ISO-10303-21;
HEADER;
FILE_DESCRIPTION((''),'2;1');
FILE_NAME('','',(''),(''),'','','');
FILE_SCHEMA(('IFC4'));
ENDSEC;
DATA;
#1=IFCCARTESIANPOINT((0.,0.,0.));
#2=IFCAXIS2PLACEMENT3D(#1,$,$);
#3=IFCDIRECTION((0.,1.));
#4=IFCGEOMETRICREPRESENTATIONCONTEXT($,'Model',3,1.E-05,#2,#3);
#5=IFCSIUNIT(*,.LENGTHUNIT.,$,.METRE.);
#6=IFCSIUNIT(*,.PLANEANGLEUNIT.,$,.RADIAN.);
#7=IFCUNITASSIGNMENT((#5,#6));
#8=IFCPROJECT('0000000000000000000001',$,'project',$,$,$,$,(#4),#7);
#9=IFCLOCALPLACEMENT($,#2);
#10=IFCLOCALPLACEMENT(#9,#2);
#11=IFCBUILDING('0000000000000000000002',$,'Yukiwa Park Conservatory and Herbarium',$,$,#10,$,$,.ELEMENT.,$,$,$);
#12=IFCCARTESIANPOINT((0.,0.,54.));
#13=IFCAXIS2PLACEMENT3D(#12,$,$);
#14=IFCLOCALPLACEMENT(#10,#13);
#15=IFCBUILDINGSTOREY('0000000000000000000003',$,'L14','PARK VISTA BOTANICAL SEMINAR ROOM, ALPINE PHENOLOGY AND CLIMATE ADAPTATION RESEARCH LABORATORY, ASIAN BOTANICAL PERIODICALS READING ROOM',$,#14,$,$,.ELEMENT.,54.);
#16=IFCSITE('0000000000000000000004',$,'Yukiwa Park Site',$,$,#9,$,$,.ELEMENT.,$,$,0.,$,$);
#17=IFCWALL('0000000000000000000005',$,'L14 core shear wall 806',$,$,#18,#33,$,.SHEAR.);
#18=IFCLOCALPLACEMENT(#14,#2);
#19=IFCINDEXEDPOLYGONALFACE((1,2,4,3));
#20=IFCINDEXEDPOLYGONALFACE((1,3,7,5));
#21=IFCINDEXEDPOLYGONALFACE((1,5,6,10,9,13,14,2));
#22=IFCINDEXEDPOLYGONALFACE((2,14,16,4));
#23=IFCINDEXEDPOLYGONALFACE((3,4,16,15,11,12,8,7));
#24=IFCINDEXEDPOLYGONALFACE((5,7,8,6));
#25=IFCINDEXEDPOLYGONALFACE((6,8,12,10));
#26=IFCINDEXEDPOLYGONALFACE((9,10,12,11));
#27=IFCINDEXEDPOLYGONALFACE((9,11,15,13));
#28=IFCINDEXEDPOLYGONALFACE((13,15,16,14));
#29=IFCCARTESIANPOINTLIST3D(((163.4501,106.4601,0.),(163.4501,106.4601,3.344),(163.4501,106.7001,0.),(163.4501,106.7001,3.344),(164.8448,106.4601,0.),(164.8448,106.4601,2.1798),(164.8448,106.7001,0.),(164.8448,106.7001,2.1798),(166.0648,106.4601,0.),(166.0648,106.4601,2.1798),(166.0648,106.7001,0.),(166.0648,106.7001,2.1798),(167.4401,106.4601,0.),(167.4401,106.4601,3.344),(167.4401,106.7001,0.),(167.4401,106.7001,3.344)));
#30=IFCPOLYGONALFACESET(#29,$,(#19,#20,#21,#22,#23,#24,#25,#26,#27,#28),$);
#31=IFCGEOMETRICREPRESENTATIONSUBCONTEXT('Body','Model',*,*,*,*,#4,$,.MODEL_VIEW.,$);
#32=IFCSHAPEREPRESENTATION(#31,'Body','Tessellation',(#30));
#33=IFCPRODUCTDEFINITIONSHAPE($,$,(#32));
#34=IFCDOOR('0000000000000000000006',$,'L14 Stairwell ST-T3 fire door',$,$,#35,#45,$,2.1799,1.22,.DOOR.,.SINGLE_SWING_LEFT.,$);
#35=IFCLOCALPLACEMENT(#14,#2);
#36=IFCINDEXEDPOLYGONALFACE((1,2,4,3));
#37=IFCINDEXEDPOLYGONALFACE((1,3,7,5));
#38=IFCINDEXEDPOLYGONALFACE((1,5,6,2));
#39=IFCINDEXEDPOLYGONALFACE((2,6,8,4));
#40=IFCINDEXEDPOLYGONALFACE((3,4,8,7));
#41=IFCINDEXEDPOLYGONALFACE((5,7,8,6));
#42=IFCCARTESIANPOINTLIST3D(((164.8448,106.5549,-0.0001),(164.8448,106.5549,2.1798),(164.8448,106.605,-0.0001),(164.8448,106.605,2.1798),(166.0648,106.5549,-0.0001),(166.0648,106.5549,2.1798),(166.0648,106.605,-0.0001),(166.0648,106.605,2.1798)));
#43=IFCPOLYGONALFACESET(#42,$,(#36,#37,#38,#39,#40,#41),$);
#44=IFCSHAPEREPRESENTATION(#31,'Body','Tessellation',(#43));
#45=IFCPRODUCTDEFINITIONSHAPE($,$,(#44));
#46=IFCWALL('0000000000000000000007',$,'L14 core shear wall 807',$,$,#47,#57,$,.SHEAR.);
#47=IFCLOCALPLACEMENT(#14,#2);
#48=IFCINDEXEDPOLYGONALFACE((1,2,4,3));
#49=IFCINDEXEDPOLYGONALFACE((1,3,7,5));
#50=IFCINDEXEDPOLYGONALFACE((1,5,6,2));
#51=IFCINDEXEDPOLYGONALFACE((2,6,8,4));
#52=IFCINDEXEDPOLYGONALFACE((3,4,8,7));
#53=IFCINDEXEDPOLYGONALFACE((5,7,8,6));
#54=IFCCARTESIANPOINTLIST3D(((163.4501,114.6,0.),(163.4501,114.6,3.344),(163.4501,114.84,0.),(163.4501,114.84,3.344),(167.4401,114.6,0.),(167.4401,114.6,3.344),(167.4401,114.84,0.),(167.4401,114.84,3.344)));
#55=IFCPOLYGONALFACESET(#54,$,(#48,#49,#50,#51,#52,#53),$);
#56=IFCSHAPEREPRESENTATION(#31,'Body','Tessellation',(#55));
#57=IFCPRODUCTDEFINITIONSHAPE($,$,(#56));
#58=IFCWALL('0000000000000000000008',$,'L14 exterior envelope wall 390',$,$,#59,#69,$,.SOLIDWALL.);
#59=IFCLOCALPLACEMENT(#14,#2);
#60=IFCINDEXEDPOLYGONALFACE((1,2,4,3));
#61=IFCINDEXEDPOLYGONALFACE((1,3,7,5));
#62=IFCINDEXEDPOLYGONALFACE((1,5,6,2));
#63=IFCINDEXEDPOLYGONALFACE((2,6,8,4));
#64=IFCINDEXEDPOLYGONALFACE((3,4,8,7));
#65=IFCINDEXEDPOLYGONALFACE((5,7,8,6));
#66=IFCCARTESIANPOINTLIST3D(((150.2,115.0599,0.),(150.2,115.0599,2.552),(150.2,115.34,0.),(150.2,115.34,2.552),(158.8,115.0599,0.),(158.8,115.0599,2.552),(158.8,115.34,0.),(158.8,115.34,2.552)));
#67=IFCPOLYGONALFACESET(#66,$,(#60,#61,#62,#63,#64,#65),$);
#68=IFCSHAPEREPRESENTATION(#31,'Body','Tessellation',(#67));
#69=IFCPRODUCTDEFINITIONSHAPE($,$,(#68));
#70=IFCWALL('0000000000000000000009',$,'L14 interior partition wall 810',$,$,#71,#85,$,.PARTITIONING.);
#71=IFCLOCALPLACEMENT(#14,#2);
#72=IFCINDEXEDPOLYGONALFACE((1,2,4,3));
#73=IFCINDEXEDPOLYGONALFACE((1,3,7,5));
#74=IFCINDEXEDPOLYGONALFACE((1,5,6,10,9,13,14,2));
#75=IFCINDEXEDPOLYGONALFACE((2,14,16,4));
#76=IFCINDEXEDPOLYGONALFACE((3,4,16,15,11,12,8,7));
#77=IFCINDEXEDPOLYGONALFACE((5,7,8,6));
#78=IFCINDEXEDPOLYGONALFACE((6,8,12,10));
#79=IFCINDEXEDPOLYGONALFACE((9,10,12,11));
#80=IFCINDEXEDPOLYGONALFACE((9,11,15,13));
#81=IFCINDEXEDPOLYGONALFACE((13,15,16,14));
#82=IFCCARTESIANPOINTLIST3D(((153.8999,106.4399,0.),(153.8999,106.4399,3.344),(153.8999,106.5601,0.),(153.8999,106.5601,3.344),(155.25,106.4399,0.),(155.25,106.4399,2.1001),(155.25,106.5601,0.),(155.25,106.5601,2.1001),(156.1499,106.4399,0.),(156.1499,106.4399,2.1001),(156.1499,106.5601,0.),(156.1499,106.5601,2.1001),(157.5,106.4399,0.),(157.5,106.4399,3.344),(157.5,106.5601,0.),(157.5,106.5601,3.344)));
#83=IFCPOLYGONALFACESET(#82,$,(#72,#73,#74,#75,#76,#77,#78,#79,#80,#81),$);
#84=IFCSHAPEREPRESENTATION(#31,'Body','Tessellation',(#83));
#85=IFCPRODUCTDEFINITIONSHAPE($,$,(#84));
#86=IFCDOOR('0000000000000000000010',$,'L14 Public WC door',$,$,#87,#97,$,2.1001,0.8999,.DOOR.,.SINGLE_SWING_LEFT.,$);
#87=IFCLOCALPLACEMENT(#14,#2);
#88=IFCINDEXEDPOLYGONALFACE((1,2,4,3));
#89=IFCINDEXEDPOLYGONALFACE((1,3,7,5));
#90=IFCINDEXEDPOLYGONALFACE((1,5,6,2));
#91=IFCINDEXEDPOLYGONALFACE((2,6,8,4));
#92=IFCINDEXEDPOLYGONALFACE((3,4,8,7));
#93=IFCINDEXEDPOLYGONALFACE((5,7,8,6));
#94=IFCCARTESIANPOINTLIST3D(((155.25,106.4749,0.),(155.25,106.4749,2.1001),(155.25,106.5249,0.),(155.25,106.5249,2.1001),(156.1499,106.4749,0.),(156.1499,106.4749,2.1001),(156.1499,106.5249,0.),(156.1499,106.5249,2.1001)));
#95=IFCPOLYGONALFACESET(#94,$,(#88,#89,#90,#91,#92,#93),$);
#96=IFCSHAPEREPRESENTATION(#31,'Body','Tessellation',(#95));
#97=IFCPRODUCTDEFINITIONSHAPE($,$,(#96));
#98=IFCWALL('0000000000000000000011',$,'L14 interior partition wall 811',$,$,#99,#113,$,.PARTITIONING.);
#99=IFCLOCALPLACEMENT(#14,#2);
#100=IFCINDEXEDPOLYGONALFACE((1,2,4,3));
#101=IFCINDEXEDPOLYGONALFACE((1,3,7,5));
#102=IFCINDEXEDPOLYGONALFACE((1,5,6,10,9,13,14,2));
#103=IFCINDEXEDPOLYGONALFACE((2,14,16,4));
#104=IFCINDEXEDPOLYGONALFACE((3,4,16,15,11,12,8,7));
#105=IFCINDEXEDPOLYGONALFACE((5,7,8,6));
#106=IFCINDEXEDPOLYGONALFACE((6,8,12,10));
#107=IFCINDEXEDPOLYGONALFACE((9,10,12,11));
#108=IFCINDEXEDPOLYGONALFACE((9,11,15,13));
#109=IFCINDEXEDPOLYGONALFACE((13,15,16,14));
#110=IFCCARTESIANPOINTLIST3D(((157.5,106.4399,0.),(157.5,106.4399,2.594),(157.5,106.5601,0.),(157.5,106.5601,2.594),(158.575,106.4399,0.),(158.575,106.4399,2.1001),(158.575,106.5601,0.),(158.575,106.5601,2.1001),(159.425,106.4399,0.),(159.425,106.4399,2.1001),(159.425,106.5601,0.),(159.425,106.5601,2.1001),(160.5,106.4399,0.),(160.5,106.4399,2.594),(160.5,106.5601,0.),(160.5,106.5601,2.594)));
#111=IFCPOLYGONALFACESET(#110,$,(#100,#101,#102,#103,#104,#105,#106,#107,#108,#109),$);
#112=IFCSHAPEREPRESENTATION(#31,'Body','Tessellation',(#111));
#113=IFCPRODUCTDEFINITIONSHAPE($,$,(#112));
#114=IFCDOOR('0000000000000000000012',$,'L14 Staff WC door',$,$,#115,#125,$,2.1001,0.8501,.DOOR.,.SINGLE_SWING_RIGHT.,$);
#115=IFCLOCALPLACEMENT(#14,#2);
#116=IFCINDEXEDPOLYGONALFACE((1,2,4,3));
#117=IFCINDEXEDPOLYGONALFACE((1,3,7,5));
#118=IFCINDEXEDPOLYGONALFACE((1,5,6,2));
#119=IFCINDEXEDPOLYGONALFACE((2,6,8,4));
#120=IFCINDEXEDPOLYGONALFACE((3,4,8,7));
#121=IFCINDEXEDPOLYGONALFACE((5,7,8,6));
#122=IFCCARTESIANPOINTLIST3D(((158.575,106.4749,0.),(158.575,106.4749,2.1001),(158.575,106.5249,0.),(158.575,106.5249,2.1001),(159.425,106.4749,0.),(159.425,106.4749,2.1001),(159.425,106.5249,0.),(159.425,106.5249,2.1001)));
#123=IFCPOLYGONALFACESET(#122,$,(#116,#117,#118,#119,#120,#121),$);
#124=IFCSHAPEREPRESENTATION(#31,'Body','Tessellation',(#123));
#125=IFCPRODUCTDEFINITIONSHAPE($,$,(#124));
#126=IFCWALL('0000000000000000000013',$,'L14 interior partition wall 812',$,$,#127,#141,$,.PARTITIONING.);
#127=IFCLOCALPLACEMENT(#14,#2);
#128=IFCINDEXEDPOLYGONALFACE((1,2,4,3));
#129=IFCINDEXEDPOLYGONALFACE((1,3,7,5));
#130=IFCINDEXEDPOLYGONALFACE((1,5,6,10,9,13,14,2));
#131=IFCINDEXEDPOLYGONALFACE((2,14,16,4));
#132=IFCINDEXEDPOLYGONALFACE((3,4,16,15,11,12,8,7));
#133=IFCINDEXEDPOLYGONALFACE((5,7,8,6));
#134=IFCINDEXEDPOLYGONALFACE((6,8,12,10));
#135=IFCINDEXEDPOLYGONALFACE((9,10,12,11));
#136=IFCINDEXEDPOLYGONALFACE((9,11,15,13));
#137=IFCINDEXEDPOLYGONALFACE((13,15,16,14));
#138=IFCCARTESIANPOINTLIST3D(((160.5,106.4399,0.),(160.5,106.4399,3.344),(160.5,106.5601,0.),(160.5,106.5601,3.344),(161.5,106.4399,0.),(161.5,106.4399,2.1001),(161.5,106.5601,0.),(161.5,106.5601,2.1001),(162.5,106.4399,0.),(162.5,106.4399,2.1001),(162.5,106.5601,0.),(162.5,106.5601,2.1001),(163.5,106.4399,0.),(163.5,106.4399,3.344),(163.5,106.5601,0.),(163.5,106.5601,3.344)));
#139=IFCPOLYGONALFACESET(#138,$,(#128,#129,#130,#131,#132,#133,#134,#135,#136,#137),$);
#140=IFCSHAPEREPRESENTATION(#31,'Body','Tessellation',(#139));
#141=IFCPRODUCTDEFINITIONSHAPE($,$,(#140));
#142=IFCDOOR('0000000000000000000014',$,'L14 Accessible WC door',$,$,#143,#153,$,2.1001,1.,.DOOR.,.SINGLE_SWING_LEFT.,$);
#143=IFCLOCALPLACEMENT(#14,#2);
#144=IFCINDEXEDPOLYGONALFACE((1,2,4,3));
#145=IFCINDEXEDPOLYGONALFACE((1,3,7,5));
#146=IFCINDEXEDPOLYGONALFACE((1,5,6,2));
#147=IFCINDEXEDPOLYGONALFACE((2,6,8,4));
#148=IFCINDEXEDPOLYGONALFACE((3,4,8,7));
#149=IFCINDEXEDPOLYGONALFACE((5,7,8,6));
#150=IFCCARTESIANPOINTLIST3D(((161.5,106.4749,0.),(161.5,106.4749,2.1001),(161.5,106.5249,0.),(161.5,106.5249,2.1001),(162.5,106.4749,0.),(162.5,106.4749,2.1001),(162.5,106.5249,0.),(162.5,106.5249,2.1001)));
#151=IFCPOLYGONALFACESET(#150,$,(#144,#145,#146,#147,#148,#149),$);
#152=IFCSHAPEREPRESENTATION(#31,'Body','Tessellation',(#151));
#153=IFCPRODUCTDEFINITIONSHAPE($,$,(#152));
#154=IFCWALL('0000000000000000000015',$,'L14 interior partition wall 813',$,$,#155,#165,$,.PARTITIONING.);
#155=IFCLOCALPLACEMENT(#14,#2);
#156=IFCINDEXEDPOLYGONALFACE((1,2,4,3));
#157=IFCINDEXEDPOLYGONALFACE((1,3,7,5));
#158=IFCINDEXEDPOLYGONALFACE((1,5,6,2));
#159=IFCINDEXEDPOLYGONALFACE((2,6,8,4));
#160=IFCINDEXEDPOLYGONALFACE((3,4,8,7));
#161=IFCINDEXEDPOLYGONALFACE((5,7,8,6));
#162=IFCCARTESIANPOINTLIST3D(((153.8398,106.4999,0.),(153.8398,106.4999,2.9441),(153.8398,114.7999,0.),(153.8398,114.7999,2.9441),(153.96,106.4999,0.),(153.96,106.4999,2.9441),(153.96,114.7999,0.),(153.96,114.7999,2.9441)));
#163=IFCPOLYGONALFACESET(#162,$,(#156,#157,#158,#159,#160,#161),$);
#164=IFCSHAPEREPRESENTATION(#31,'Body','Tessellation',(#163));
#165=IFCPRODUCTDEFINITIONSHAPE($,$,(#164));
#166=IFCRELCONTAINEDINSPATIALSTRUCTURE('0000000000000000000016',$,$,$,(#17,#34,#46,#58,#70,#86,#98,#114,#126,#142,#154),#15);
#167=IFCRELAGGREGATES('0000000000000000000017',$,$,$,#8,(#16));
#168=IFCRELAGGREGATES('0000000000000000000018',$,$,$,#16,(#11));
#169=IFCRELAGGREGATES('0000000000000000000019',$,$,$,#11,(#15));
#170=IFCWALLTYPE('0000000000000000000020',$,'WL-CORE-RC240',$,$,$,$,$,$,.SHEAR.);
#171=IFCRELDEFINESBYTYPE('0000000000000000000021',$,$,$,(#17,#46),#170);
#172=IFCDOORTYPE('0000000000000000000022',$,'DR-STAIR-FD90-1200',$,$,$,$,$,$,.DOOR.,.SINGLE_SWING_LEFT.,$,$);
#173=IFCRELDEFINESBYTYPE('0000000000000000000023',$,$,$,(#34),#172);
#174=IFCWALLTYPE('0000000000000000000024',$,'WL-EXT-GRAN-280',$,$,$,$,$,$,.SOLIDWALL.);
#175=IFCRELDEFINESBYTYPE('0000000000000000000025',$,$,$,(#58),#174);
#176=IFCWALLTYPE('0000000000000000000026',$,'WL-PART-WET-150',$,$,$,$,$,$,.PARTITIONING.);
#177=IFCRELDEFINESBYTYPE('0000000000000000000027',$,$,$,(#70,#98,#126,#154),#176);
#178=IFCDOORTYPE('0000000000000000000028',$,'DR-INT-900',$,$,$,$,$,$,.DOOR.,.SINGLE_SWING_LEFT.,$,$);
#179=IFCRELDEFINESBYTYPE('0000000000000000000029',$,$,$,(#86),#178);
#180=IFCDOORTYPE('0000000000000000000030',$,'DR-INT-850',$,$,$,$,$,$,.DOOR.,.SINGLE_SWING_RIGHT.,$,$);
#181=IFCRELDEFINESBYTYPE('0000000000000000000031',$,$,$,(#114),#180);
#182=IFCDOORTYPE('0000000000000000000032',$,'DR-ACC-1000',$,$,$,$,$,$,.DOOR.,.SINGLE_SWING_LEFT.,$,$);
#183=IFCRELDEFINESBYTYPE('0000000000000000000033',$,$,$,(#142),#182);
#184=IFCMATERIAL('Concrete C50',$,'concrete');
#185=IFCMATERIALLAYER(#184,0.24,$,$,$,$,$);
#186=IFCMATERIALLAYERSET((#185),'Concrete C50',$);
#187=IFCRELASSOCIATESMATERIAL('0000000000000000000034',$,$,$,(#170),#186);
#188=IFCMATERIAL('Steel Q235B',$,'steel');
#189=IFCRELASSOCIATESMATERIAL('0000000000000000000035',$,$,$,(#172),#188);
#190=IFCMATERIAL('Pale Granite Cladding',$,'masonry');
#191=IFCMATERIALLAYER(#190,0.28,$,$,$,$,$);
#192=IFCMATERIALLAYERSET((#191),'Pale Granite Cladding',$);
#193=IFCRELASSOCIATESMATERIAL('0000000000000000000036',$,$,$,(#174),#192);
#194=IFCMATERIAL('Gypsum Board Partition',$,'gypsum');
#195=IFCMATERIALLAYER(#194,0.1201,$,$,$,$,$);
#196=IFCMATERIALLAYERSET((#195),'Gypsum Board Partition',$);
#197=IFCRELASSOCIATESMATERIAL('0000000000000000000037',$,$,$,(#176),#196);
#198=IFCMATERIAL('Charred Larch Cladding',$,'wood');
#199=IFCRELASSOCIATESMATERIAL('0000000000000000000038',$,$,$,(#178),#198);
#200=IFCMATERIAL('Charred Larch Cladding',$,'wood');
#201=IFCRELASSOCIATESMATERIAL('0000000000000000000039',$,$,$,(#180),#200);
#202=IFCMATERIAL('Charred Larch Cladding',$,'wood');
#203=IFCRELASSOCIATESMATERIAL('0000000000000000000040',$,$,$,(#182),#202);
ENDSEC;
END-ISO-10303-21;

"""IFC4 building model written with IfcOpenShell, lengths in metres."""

from ifc_helpers import new_model, si_unit, direction, frame, frame_2d, origin, place, context, subcontext, project, spatial, rectangle, extrude, material, layer, layer_set, type_object, element, fill, save


model = new_model("IFC4")

# Units and contexts
model_context = context("Model", 3, precision=1e-05, world=origin(), true_north=direction((0.0, 1.0)))
body_context = subcontext(model_context, "Body", "Model", "MODEL_VIEW")
ifc_project = project(units=[si_unit("LENGTHUNIT", "METRE"), si_unit("PLANEANGLEUNIT", "RADIAN")], contexts=[model_context])

# Site, building, storey
site_placement = place(None, origin())
site = spatial("IfcSite", under=ifc_project, at=site_placement, Name="Yukiwa Park Site", CompositionType="ELEMENT", RefElevation=0.0)
building_placement = place(site_placement, origin())
building = spatial("IfcBuilding", under=site, at=building_placement, Name="Yukiwa Park Conservatory and Herbarium", CompositionType="ELEMENT")
storey_placement = place(building_placement, frame((0.0, 0.0, 54.0)))
storey = spatial("IfcBuildingStorey", under=building, at=storey_placement, Name="L14", Description="PARK VISTA BOTANICAL SEMINAR ROOM, ALPINE PHENOLOGY AND CLIMATE ADAPTATION RESEARCH LABORATORY, ASIAN BOTANICAL PERIODICALS READING ROOM", CompositionType="ELEMENT", Elevation=54.0)

# Shared definitions
ifc_material_1 = material(Name="Concrete C50", Category="concrete")
ifc_layer_1 = layer(ifc_material_1, 0.24)
ifc_layer_set_1 = layer_set([ifc_layer_1], Name="Concrete C50")
wall_type_1 = type_object("IfcWallType", Name="WL-CORE-RC240", PredefinedType="SHEAR", material=ifc_layer_set_1)

# Wall, opening, door
wall_1_placement = place(storey_placement, frame((163.45, 106.5801, 0.0), z_axis=(0.0, 0.0, 1.0), x_axis=(1.0, 0.0, 0.0)))
wall_1 = element("IfcWall", 1, at=wall_1_placement, inside=storey, type_object=wall_type_1, Name="L14 core shear wall 806", PredefinedType="SHEAR", context=body_context, shape_type="SweptSolid", body=[
    extrude(rectangle(XDim=3.99, YDim=0.24, at=frame_2d((1.9951, 0.0))), origin(), (0.0, 0.0, 1.0), 3.344),
])
opening_1_placement = place(wall_1_placement, frame((1.395, 0.0, 0.0)))
opening_1 = element("IfcOpeningElement", 2, at=opening_1_placement, cuts=wall_1, PredefinedType="OPENING", context=body_context, shape_type="SweptSolid", body=[
    extrude(rectangle(XDim=1.22, YDim=2.1799, at=frame_2d((0.6099, 1.0898))), frame((0.0, 0.1299, 0.0), z_axis=(0.0, -1.0, 0.0), x_axis=(1.0, 0.0, 0.0)), (0.0, 0.0, 1.0), 0.26),
])
ifc_material_2 = material(Name="Steel Q235B", Category="steel")
door_type_1 = type_object("IfcDoorType", Name="DR-STAIR-FD90-1200", OperationType="SINGLE_SWING_LEFT", PredefinedType="DOOR", material=ifc_material_2)
door_1_placement = place(opening_1_placement, origin())
door_1 = element("IfcDoor", 3, at=door_1_placement, inside=storey, type_object=door_type_1, Name="L14 Stairwell ST-T3 fire door", OperationType="SINGLE_SWING_LEFT", OverallHeight=2.1799, OverallWidth=1.22, PredefinedType="DOOR", context=body_context, shape_type="SweptSolid", body=[
    extrude(rectangle(XDim=1.22, YDim=2.1799, at=frame_2d((0.6099, 1.0898))), frame((0.0, 0.0249, 0.0), z_axis=(0.0, -1.0, 0.0), x_axis=(1.0, 0.0, 0.0)), (0.0, 0.0, 1.0), 0.05),
])
fill(opening_1, door_1)

# Walls
wall_2_placement = place(storey_placement, frame((163.45, 114.72, 0.0), z_axis=(0.0, 0.0, 1.0), x_axis=(1.0, 0.0, 0.0)))
element("IfcWall", 4, at=wall_2_placement, inside=storey, type_object=wall_type_1, Name="L14 core shear wall 807", PredefinedType="SHEAR", context=body_context, shape_type="SweptSolid", body=[
    extrude(rectangle(XDim=3.99, YDim=0.24, at=frame_2d((1.9951, 0.0))), origin(), (0.0, 0.0, 1.0), 3.344),
])
ifc_material_3 = material(Name="Pale Granite Cladding", Category="masonry")
ifc_layer_2 = layer(ifc_material_3, 0.28)
ifc_layer_set_2 = layer_set([ifc_layer_2], Name="Pale Granite Cladding")
wall_type_2 = type_object("IfcWallType", Name="WL-EXT-GRAN-280", PredefinedType="SOLIDWALL", material=ifc_layer_set_2)
wall_3_placement = place(storey_placement, frame((158.8, 115.2, 0.0), z_axis=(0.0, 0.0, 1.0), x_axis=(-1.0, 0.0, 0.0)))
element("IfcWall", 5, at=wall_3_placement, inside=storey, type_object=wall_type_2, Name="L14 exterior envelope wall 390", PredefinedType="SOLIDWALL", context=body_context, shape_type="SweptSolid", body=[
    extrude(rectangle(XDim=8.6001, YDim=0.28, at=frame_2d((4.3, 0.0))), origin(), (0.0, 0.0, 1.0), 2.552),
])

# Walls, openings, doors
ifc_material_4 = material(Name="Gypsum Board Partition", Category="gypsum")
ifc_layer_3 = layer(ifc_material_4, 0.1201)
ifc_layer_set_3 = layer_set([ifc_layer_3], Name="Gypsum Board Partition")
wall_type_3 = type_object("IfcWallType", Name="WL-PART-WET-150", PredefinedType="PARTITIONING", material=ifc_layer_set_3)
wall_4_placement = place(storey_placement, frame((153.8999, 106.5, 0.0), z_axis=(0.0, 0.0, 1.0), x_axis=(1.0, 0.0, 0.0)))
wall_4 = element("IfcWall", 6, at=wall_4_placement, inside=storey, type_object=wall_type_3, Name="L14 interior partition wall 810", PredefinedType="PARTITIONING", context=body_context, shape_type="SweptSolid", body=[
    extrude(rectangle(XDim=3.6001, YDim=0.1201, at=frame_2d((1.8, 0.0))), origin(), (0.0, 0.0, 1.0), 3.344),
])
opening_2_placement = place(wall_4_placement, frame((1.3501, 0.0, 0.0)))
opening_2 = element("IfcOpeningElement", 7, at=opening_2_placement, cuts=wall_4, PredefinedType="OPENING", context=body_context, shape_type="SweptSolid", body=[
    extrude(rectangle(XDim=0.8999, YDim=2.1001, at=frame_2d((0.45, 1.05))), frame((0.0, 0.0701, 0.0), z_axis=(0.0, -1.0, 0.0), x_axis=(1.0, 0.0, 0.0)), (0.0, 0.0, 1.0), 0.1401),
])
ifc_material_5 = material(Name="Charred Larch Cladding", Category="wood")
door_type_2 = type_object("IfcDoorType", Name="DR-INT-900", OperationType="SINGLE_SWING_LEFT", PredefinedType="DOOR", material=ifc_material_5)
door_2_placement = place(opening_2_placement, origin())
door_2 = element("IfcDoor", 8, at=door_2_placement, inside=storey, type_object=door_type_2, Name="L14 Public WC door", OperationType="SINGLE_SWING_LEFT", OverallHeight=2.1001, OverallWidth=0.8999, PredefinedType="DOOR", context=body_context, shape_type="SweptSolid", body=[
    extrude(rectangle(XDim=0.8999, YDim=2.1001, at=frame_2d((0.45, 1.05))), frame((0.0, 0.0249, 0.0), z_axis=(0.0, -1.0, 0.0), x_axis=(1.0, 0.0, 0.0)), (0.0, 0.0, 1.0), 0.05),
])
fill(opening_2, door_2)
wall_5_placement = place(storey_placement, frame((157.5, 106.5, 0.0), z_axis=(0.0, 0.0, 1.0), x_axis=(1.0, 0.0, 0.0)))
wall_5 = element("IfcWall", 9, at=wall_5_placement, inside=storey, type_object=wall_type_3, Name="L14 interior partition wall 811", PredefinedType="PARTITIONING", context=body_context, shape_type="SweptSolid", body=[
    extrude(rectangle(XDim=3.0, YDim=0.1201, at=frame_2d((1.5, 0.0))), origin(), (0.0, 0.0, 1.0), 2.594),
])
opening_3_placement = place(wall_5_placement, frame((1.075, 0.0, 0.0)))
opening_3 = element("IfcOpeningElement", 10, at=opening_3_placement, cuts=wall_5, PredefinedType="OPENING", context=body_context, shape_type="SweptSolid", body=[
    extrude(rectangle(XDim=0.8501, YDim=2.1001, at=frame_2d((0.425, 1.05))), frame((0.0, 0.0701, 0.0), z_axis=(0.0, -1.0, 0.0), x_axis=(1.0, 0.0, 0.0)), (0.0, 0.0, 1.0), 0.1401),
])
ifc_material_6 = material(Name="Charred Larch Cladding", Category="wood")
door_type_3 = type_object("IfcDoorType", Name="DR-INT-850", OperationType="SINGLE_SWING_RIGHT", PredefinedType="DOOR", material=ifc_material_6)
door_3_placement = place(opening_3_placement, origin())
door_3 = element("IfcDoor", 11, at=door_3_placement, inside=storey, type_object=door_type_3, Name="L14 Staff WC door", OperationType="SINGLE_SWING_RIGHT", OverallHeight=2.1001, OverallWidth=0.8501, PredefinedType="DOOR", context=body_context, shape_type="SweptSolid", body=[
    extrude(rectangle(XDim=0.8501, YDim=2.1001, at=frame_2d((0.425, 1.05))), frame((0.0, 0.0249, 0.0), z_axis=(0.0, -1.0, 0.0), x_axis=(1.0, 0.0, 0.0)), (0.0, 0.0, 1.0), 0.05),
])
fill(opening_3, door_3)
wall_6_placement = place(storey_placement, frame((160.5, 106.5, 0.0), z_axis=(0.0, 0.0, 1.0), x_axis=(1.0, 0.0, 0.0)))
wall_6 = element("IfcWall", 12, at=wall_6_placement, inside=storey, type_object=wall_type_3, Name="L14 interior partition wall 812", PredefinedType="PARTITIONING", context=body_context, shape_type="SweptSolid", body=[
    extrude(rectangle(XDim=3.0, YDim=0.1201, at=frame_2d((1.5, 0.0))), origin(), (0.0, 0.0, 1.0), 3.344),
])
opening_4_placement = place(wall_6_placement, frame((1.0, 0.0, 0.0)))
opening_4 = element("IfcOpeningElement", 13, at=opening_4_placement, cuts=wall_6, PredefinedType="OPENING", context=body_context, shape_type="SweptSolid", body=[
    extrude(rectangle(XDim=1.0, YDim=2.1001, at=frame_2d((0.5, 1.05))), frame((0.0, 0.0701, 0.0), z_axis=(0.0, -1.0, 0.0), x_axis=(1.0, 0.0, 0.0)), (0.0, 0.0, 1.0), 0.1401),
])
ifc_material_7 = material(Name="Charred Larch Cladding", Category="wood")
door_type_4 = type_object("IfcDoorType", Name="DR-ACC-1000", OperationType="SINGLE_SWING_LEFT", PredefinedType="DOOR", material=ifc_material_7)
door_4_placement = place(opening_4_placement, origin())
door_4 = element("IfcDoor", 14, at=door_4_placement, inside=storey, type_object=door_type_4, Name="L14 Accessible WC door", OperationType="SINGLE_SWING_LEFT", OverallHeight=2.1001, OverallWidth=1.0, PredefinedType="DOOR", context=body_context, shape_type="SweptSolid", body=[
    extrude(rectangle(XDim=1.0, YDim=2.1001, at=frame_2d((0.5, 1.05))), frame((0.0, 0.0249, 0.0), z_axis=(0.0, -1.0, 0.0), x_axis=(1.0, 0.0, 0.0)), (0.0, 0.0, 1.0), 0.05),
])
fill(opening_4, door_4)

# Wall
for number, where, z_axis, x_axis, name in (
    (15, (153.8999, 106.5, 0.0), (0.0, 0.0, 1.0), (0.0, 1.0, 0.0), "L14 interior partition wall 813"),
):
    element("IfcWall", number, at=place(storey_placement, frame(where, z_axis=z_axis, x_axis=x_axis)), inside=storey, type_object=wall_type_3, Name=name, PredefinedType="PARTITIONING", context=body_context, shape_type="SweptSolid", body=[
        extrude(rectangle(XDim=8.3, YDim=0.1201, at=frame_2d((4.1499, 0.0))), origin(), (0.0, 0.0, 1.0), 2.9441),
    ])

save(model, "model.ifc")
